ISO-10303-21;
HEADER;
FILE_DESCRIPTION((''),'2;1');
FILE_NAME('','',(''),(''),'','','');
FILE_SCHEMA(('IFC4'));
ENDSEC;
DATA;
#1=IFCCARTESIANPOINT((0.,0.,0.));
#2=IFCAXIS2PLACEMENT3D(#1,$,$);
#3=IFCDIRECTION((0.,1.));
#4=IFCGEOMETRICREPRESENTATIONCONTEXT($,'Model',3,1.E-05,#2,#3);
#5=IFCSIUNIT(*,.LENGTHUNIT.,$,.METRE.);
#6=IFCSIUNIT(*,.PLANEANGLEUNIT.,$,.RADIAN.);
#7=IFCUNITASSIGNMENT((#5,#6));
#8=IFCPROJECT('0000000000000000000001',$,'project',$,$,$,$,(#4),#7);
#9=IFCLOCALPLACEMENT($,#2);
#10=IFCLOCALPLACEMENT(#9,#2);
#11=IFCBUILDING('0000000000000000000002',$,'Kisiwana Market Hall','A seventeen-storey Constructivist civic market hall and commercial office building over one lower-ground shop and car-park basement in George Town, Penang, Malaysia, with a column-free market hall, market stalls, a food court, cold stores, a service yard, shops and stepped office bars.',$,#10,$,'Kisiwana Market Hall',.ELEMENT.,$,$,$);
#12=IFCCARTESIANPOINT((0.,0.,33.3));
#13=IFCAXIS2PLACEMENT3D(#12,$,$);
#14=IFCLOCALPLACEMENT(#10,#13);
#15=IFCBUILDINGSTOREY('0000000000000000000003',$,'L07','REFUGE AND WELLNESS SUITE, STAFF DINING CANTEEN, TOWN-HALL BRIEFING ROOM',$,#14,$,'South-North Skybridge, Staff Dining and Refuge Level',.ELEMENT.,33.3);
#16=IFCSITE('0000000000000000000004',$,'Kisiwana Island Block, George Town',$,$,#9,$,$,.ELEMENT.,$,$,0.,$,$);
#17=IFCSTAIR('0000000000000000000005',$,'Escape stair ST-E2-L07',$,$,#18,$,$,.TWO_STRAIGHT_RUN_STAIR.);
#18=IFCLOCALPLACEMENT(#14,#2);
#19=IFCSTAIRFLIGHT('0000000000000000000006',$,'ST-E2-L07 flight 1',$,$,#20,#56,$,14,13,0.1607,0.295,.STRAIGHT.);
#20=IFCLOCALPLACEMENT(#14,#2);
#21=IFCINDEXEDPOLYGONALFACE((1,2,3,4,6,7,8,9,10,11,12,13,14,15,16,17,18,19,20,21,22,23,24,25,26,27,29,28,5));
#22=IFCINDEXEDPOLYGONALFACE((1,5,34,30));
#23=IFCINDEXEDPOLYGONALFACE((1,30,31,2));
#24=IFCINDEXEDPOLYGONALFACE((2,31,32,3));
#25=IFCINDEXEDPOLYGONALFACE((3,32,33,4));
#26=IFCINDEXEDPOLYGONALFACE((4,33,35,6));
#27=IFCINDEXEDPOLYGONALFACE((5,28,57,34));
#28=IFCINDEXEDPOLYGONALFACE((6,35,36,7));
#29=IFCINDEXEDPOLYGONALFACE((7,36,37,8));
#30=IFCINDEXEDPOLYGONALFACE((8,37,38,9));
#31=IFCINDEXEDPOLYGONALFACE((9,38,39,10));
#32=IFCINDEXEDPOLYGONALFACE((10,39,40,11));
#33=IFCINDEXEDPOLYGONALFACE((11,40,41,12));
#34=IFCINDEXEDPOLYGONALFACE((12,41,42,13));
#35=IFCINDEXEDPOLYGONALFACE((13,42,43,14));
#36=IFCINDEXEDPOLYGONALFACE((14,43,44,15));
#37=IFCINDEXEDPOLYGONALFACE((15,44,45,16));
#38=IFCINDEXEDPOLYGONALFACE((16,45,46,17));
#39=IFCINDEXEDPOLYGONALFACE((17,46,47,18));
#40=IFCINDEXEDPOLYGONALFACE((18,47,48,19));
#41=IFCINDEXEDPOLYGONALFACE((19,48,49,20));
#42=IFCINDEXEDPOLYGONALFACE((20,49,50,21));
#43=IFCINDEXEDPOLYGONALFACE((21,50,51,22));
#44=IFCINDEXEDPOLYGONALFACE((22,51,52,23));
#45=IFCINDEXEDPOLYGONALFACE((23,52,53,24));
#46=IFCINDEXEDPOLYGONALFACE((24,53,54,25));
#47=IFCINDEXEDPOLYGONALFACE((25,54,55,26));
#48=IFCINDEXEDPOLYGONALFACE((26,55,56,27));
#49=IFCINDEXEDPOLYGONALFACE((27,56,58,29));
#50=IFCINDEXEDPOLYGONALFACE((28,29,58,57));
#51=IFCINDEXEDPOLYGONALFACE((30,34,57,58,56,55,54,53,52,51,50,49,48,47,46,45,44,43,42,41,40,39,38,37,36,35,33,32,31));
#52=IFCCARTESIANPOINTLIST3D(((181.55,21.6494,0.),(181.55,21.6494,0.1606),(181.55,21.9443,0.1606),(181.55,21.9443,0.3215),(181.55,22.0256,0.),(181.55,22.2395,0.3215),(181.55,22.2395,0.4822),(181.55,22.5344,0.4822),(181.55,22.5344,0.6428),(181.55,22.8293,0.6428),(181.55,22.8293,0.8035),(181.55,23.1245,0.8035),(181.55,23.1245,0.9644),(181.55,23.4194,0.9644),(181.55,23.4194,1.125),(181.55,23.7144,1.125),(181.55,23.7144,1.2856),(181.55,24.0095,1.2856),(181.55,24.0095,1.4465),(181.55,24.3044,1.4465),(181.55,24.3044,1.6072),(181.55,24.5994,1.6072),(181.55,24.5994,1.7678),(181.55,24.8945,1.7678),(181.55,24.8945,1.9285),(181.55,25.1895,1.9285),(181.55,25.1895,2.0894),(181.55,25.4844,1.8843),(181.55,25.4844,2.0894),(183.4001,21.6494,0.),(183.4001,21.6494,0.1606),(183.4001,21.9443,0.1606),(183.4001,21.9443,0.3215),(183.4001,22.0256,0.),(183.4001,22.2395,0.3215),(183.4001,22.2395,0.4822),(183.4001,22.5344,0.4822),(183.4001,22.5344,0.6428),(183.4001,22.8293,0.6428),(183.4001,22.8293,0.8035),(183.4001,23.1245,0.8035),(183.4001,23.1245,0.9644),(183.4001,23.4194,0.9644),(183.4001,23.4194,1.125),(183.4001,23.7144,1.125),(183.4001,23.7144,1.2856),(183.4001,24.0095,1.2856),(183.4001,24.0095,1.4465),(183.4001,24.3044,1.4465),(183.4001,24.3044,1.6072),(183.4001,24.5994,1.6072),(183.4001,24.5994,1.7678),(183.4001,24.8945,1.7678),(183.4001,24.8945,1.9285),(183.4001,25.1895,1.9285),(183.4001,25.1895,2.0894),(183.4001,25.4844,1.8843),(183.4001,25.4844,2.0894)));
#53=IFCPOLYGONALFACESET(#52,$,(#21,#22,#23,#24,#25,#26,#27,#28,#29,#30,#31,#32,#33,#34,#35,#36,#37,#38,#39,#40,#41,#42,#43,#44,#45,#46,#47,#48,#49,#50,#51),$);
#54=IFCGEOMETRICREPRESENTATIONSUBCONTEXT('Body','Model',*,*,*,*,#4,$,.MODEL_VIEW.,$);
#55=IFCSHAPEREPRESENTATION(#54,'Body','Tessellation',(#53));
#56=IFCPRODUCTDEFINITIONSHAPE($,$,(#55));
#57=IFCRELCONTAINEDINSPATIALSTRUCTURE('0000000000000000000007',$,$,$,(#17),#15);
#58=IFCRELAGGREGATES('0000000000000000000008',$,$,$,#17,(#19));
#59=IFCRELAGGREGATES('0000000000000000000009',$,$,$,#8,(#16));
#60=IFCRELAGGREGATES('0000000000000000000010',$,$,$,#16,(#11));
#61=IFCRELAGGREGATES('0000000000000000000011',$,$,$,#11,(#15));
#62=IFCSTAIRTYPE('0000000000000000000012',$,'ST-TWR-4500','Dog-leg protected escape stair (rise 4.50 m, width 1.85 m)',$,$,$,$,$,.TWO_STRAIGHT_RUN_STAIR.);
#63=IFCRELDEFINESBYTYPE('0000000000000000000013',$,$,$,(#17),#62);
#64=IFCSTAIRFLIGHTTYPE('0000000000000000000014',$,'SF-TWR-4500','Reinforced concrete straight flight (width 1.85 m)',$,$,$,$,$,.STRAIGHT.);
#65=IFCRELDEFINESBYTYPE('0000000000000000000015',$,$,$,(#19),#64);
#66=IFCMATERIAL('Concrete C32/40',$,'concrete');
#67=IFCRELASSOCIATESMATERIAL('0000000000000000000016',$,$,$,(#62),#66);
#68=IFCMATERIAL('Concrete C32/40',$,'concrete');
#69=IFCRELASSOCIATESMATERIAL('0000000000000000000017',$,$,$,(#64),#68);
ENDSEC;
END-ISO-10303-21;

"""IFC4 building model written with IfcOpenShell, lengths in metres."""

from ifc_helpers import new_model, si_unit, direction, frame, origin, place, context, subcontext, project, spatial, polyline, outline, extrude, material, type_object, element, aggregate, save


model = new_model("IFC4")

# Units and contexts
model_context = context("Model", 3, precision=1e-05, world=origin(), true_north=direction((0.0, 1.0)))
body_context = subcontext(model_context, "Body", "Model", "MODEL_VIEW")
ifc_project = project(units=[si_unit("LENGTHUNIT", "METRE"), si_unit("PLANEANGLEUNIT", "RADIAN")], contexts=[model_context])

# Site, building, storey
site_placement = place(None, origin())
site = spatial("IfcSite", under=ifc_project, at=site_placement, Name="Kisiwana Island Block, George Town", CompositionType="ELEMENT", RefElevation=0.0)
building_placement = place(site_placement, origin())
building = spatial("IfcBuilding", under=site, at=building_placement, Name="Kisiwana Market Hall", Description="A seventeen-storey Constructivist civic market hall and commercial office building over one lower-ground shop and car-park basement in George Town, Penang, Malaysia, with a column-free market hall, market stalls, a food court, cold stores, a service yard, shops and stepped office bars.", LongName="Kisiwana Market Hall", CompositionType="ELEMENT")
storey_placement = place(building_placement, frame((0.0, 0.0, 33.3)))
storey = spatial("IfcBuildingStorey", under=building, at=storey_placement, Name="L07", Description="REFUGE AND WELLNESS SUITE, STAFF DINING CANTEEN, TOWN-HALL BRIEFING ROOM", LongName="South-North Skybridge, Staff Dining and Refuge Level", CompositionType="ELEMENT", Elevation=33.3)

# Stair, stair flight
ifc_material_1 = material(Name="Concrete C32/40", Category="concrete")
stair_type = type_object("IfcStairType", Name="ST-TWR-4500", Description="Dog-leg protected escape stair (rise 4.50 m, width 1.85 m)", PredefinedType="TWO_STRAIGHT_RUN_STAIR", material=ifc_material_1)
stair_placement = place(storey_placement, origin())
stair = element("IfcStair", 1, at=stair_placement, inside=storey, type_object=stair_type, Name="Escape stair ST-E2-L07", PredefinedType="TWO_STRAIGHT_RUN_STAIR")
ifc_material_2 = material(Name="Concrete C32/40", Category="concrete")
stair_flight_type = type_object("IfcStairFlightType", Name="SF-TWR-4500", Description="Reinforced concrete straight flight (width 1.85 m)", PredefinedType="STRAIGHT", material=ifc_material_2)
stair_flight_placement = place(storey_placement, frame((182.4751, 21.6494, 0.0), z_axis=(0.0, 0.0, 1.0), x_axis=(0.0, 1.0, 0.0)))
stair_flight = element("IfcStairFlight", 2, at=stair_flight_placement, type_object=stair_flight_type, Name="ST-E2-L07 flight 1", NumberOfRisers=14, NumberOfTreads=13, PredefinedType="STRAIGHT", RiserHeight=0.1607, TreadLength=0.295, context=body_context, shape_type="SweptSolid", body=[
    extrude(outline(polyline([(0.0, 0.0), (0.0, 0.1606), (0.2949, 0.1606), (0.2949, 0.3215), (0.5901, 0.3215), (0.5901, 0.4822), (0.885, 0.4822), (0.885, 0.6428), (1.1799, 0.6428), (1.1799, 0.8035), (1.4751, 0.8035), (1.4751, 0.9644), (1.77, 0.9644), (1.77, 1.125), (2.0649, 1.125), (2.0649, 1.2856), (2.3601, 1.2856), (2.3601, 1.4465), (2.655, 1.4465), (2.655, 1.6072), (2.95, 1.6072), (2.95, 1.7678), (3.2451, 1.7678), (3.2451, 1.9285), (3.54, 1.9285), (3.54, 2.0894), (3.835, 2.0894), (3.835, 2.25), (3.835, 1.8843), (0.3762, 0.0), (0.0, 0.0)])), frame((0.0, 0.925, 0.0), z_axis=(0.0, -1.0, 0.0), x_axis=(1.0, 0.0, 0.0)), (0.0, 0.0, 1.0), 1.8501),
])
aggregate(stair, [stair_flight])

save(model, "model.ifc")
